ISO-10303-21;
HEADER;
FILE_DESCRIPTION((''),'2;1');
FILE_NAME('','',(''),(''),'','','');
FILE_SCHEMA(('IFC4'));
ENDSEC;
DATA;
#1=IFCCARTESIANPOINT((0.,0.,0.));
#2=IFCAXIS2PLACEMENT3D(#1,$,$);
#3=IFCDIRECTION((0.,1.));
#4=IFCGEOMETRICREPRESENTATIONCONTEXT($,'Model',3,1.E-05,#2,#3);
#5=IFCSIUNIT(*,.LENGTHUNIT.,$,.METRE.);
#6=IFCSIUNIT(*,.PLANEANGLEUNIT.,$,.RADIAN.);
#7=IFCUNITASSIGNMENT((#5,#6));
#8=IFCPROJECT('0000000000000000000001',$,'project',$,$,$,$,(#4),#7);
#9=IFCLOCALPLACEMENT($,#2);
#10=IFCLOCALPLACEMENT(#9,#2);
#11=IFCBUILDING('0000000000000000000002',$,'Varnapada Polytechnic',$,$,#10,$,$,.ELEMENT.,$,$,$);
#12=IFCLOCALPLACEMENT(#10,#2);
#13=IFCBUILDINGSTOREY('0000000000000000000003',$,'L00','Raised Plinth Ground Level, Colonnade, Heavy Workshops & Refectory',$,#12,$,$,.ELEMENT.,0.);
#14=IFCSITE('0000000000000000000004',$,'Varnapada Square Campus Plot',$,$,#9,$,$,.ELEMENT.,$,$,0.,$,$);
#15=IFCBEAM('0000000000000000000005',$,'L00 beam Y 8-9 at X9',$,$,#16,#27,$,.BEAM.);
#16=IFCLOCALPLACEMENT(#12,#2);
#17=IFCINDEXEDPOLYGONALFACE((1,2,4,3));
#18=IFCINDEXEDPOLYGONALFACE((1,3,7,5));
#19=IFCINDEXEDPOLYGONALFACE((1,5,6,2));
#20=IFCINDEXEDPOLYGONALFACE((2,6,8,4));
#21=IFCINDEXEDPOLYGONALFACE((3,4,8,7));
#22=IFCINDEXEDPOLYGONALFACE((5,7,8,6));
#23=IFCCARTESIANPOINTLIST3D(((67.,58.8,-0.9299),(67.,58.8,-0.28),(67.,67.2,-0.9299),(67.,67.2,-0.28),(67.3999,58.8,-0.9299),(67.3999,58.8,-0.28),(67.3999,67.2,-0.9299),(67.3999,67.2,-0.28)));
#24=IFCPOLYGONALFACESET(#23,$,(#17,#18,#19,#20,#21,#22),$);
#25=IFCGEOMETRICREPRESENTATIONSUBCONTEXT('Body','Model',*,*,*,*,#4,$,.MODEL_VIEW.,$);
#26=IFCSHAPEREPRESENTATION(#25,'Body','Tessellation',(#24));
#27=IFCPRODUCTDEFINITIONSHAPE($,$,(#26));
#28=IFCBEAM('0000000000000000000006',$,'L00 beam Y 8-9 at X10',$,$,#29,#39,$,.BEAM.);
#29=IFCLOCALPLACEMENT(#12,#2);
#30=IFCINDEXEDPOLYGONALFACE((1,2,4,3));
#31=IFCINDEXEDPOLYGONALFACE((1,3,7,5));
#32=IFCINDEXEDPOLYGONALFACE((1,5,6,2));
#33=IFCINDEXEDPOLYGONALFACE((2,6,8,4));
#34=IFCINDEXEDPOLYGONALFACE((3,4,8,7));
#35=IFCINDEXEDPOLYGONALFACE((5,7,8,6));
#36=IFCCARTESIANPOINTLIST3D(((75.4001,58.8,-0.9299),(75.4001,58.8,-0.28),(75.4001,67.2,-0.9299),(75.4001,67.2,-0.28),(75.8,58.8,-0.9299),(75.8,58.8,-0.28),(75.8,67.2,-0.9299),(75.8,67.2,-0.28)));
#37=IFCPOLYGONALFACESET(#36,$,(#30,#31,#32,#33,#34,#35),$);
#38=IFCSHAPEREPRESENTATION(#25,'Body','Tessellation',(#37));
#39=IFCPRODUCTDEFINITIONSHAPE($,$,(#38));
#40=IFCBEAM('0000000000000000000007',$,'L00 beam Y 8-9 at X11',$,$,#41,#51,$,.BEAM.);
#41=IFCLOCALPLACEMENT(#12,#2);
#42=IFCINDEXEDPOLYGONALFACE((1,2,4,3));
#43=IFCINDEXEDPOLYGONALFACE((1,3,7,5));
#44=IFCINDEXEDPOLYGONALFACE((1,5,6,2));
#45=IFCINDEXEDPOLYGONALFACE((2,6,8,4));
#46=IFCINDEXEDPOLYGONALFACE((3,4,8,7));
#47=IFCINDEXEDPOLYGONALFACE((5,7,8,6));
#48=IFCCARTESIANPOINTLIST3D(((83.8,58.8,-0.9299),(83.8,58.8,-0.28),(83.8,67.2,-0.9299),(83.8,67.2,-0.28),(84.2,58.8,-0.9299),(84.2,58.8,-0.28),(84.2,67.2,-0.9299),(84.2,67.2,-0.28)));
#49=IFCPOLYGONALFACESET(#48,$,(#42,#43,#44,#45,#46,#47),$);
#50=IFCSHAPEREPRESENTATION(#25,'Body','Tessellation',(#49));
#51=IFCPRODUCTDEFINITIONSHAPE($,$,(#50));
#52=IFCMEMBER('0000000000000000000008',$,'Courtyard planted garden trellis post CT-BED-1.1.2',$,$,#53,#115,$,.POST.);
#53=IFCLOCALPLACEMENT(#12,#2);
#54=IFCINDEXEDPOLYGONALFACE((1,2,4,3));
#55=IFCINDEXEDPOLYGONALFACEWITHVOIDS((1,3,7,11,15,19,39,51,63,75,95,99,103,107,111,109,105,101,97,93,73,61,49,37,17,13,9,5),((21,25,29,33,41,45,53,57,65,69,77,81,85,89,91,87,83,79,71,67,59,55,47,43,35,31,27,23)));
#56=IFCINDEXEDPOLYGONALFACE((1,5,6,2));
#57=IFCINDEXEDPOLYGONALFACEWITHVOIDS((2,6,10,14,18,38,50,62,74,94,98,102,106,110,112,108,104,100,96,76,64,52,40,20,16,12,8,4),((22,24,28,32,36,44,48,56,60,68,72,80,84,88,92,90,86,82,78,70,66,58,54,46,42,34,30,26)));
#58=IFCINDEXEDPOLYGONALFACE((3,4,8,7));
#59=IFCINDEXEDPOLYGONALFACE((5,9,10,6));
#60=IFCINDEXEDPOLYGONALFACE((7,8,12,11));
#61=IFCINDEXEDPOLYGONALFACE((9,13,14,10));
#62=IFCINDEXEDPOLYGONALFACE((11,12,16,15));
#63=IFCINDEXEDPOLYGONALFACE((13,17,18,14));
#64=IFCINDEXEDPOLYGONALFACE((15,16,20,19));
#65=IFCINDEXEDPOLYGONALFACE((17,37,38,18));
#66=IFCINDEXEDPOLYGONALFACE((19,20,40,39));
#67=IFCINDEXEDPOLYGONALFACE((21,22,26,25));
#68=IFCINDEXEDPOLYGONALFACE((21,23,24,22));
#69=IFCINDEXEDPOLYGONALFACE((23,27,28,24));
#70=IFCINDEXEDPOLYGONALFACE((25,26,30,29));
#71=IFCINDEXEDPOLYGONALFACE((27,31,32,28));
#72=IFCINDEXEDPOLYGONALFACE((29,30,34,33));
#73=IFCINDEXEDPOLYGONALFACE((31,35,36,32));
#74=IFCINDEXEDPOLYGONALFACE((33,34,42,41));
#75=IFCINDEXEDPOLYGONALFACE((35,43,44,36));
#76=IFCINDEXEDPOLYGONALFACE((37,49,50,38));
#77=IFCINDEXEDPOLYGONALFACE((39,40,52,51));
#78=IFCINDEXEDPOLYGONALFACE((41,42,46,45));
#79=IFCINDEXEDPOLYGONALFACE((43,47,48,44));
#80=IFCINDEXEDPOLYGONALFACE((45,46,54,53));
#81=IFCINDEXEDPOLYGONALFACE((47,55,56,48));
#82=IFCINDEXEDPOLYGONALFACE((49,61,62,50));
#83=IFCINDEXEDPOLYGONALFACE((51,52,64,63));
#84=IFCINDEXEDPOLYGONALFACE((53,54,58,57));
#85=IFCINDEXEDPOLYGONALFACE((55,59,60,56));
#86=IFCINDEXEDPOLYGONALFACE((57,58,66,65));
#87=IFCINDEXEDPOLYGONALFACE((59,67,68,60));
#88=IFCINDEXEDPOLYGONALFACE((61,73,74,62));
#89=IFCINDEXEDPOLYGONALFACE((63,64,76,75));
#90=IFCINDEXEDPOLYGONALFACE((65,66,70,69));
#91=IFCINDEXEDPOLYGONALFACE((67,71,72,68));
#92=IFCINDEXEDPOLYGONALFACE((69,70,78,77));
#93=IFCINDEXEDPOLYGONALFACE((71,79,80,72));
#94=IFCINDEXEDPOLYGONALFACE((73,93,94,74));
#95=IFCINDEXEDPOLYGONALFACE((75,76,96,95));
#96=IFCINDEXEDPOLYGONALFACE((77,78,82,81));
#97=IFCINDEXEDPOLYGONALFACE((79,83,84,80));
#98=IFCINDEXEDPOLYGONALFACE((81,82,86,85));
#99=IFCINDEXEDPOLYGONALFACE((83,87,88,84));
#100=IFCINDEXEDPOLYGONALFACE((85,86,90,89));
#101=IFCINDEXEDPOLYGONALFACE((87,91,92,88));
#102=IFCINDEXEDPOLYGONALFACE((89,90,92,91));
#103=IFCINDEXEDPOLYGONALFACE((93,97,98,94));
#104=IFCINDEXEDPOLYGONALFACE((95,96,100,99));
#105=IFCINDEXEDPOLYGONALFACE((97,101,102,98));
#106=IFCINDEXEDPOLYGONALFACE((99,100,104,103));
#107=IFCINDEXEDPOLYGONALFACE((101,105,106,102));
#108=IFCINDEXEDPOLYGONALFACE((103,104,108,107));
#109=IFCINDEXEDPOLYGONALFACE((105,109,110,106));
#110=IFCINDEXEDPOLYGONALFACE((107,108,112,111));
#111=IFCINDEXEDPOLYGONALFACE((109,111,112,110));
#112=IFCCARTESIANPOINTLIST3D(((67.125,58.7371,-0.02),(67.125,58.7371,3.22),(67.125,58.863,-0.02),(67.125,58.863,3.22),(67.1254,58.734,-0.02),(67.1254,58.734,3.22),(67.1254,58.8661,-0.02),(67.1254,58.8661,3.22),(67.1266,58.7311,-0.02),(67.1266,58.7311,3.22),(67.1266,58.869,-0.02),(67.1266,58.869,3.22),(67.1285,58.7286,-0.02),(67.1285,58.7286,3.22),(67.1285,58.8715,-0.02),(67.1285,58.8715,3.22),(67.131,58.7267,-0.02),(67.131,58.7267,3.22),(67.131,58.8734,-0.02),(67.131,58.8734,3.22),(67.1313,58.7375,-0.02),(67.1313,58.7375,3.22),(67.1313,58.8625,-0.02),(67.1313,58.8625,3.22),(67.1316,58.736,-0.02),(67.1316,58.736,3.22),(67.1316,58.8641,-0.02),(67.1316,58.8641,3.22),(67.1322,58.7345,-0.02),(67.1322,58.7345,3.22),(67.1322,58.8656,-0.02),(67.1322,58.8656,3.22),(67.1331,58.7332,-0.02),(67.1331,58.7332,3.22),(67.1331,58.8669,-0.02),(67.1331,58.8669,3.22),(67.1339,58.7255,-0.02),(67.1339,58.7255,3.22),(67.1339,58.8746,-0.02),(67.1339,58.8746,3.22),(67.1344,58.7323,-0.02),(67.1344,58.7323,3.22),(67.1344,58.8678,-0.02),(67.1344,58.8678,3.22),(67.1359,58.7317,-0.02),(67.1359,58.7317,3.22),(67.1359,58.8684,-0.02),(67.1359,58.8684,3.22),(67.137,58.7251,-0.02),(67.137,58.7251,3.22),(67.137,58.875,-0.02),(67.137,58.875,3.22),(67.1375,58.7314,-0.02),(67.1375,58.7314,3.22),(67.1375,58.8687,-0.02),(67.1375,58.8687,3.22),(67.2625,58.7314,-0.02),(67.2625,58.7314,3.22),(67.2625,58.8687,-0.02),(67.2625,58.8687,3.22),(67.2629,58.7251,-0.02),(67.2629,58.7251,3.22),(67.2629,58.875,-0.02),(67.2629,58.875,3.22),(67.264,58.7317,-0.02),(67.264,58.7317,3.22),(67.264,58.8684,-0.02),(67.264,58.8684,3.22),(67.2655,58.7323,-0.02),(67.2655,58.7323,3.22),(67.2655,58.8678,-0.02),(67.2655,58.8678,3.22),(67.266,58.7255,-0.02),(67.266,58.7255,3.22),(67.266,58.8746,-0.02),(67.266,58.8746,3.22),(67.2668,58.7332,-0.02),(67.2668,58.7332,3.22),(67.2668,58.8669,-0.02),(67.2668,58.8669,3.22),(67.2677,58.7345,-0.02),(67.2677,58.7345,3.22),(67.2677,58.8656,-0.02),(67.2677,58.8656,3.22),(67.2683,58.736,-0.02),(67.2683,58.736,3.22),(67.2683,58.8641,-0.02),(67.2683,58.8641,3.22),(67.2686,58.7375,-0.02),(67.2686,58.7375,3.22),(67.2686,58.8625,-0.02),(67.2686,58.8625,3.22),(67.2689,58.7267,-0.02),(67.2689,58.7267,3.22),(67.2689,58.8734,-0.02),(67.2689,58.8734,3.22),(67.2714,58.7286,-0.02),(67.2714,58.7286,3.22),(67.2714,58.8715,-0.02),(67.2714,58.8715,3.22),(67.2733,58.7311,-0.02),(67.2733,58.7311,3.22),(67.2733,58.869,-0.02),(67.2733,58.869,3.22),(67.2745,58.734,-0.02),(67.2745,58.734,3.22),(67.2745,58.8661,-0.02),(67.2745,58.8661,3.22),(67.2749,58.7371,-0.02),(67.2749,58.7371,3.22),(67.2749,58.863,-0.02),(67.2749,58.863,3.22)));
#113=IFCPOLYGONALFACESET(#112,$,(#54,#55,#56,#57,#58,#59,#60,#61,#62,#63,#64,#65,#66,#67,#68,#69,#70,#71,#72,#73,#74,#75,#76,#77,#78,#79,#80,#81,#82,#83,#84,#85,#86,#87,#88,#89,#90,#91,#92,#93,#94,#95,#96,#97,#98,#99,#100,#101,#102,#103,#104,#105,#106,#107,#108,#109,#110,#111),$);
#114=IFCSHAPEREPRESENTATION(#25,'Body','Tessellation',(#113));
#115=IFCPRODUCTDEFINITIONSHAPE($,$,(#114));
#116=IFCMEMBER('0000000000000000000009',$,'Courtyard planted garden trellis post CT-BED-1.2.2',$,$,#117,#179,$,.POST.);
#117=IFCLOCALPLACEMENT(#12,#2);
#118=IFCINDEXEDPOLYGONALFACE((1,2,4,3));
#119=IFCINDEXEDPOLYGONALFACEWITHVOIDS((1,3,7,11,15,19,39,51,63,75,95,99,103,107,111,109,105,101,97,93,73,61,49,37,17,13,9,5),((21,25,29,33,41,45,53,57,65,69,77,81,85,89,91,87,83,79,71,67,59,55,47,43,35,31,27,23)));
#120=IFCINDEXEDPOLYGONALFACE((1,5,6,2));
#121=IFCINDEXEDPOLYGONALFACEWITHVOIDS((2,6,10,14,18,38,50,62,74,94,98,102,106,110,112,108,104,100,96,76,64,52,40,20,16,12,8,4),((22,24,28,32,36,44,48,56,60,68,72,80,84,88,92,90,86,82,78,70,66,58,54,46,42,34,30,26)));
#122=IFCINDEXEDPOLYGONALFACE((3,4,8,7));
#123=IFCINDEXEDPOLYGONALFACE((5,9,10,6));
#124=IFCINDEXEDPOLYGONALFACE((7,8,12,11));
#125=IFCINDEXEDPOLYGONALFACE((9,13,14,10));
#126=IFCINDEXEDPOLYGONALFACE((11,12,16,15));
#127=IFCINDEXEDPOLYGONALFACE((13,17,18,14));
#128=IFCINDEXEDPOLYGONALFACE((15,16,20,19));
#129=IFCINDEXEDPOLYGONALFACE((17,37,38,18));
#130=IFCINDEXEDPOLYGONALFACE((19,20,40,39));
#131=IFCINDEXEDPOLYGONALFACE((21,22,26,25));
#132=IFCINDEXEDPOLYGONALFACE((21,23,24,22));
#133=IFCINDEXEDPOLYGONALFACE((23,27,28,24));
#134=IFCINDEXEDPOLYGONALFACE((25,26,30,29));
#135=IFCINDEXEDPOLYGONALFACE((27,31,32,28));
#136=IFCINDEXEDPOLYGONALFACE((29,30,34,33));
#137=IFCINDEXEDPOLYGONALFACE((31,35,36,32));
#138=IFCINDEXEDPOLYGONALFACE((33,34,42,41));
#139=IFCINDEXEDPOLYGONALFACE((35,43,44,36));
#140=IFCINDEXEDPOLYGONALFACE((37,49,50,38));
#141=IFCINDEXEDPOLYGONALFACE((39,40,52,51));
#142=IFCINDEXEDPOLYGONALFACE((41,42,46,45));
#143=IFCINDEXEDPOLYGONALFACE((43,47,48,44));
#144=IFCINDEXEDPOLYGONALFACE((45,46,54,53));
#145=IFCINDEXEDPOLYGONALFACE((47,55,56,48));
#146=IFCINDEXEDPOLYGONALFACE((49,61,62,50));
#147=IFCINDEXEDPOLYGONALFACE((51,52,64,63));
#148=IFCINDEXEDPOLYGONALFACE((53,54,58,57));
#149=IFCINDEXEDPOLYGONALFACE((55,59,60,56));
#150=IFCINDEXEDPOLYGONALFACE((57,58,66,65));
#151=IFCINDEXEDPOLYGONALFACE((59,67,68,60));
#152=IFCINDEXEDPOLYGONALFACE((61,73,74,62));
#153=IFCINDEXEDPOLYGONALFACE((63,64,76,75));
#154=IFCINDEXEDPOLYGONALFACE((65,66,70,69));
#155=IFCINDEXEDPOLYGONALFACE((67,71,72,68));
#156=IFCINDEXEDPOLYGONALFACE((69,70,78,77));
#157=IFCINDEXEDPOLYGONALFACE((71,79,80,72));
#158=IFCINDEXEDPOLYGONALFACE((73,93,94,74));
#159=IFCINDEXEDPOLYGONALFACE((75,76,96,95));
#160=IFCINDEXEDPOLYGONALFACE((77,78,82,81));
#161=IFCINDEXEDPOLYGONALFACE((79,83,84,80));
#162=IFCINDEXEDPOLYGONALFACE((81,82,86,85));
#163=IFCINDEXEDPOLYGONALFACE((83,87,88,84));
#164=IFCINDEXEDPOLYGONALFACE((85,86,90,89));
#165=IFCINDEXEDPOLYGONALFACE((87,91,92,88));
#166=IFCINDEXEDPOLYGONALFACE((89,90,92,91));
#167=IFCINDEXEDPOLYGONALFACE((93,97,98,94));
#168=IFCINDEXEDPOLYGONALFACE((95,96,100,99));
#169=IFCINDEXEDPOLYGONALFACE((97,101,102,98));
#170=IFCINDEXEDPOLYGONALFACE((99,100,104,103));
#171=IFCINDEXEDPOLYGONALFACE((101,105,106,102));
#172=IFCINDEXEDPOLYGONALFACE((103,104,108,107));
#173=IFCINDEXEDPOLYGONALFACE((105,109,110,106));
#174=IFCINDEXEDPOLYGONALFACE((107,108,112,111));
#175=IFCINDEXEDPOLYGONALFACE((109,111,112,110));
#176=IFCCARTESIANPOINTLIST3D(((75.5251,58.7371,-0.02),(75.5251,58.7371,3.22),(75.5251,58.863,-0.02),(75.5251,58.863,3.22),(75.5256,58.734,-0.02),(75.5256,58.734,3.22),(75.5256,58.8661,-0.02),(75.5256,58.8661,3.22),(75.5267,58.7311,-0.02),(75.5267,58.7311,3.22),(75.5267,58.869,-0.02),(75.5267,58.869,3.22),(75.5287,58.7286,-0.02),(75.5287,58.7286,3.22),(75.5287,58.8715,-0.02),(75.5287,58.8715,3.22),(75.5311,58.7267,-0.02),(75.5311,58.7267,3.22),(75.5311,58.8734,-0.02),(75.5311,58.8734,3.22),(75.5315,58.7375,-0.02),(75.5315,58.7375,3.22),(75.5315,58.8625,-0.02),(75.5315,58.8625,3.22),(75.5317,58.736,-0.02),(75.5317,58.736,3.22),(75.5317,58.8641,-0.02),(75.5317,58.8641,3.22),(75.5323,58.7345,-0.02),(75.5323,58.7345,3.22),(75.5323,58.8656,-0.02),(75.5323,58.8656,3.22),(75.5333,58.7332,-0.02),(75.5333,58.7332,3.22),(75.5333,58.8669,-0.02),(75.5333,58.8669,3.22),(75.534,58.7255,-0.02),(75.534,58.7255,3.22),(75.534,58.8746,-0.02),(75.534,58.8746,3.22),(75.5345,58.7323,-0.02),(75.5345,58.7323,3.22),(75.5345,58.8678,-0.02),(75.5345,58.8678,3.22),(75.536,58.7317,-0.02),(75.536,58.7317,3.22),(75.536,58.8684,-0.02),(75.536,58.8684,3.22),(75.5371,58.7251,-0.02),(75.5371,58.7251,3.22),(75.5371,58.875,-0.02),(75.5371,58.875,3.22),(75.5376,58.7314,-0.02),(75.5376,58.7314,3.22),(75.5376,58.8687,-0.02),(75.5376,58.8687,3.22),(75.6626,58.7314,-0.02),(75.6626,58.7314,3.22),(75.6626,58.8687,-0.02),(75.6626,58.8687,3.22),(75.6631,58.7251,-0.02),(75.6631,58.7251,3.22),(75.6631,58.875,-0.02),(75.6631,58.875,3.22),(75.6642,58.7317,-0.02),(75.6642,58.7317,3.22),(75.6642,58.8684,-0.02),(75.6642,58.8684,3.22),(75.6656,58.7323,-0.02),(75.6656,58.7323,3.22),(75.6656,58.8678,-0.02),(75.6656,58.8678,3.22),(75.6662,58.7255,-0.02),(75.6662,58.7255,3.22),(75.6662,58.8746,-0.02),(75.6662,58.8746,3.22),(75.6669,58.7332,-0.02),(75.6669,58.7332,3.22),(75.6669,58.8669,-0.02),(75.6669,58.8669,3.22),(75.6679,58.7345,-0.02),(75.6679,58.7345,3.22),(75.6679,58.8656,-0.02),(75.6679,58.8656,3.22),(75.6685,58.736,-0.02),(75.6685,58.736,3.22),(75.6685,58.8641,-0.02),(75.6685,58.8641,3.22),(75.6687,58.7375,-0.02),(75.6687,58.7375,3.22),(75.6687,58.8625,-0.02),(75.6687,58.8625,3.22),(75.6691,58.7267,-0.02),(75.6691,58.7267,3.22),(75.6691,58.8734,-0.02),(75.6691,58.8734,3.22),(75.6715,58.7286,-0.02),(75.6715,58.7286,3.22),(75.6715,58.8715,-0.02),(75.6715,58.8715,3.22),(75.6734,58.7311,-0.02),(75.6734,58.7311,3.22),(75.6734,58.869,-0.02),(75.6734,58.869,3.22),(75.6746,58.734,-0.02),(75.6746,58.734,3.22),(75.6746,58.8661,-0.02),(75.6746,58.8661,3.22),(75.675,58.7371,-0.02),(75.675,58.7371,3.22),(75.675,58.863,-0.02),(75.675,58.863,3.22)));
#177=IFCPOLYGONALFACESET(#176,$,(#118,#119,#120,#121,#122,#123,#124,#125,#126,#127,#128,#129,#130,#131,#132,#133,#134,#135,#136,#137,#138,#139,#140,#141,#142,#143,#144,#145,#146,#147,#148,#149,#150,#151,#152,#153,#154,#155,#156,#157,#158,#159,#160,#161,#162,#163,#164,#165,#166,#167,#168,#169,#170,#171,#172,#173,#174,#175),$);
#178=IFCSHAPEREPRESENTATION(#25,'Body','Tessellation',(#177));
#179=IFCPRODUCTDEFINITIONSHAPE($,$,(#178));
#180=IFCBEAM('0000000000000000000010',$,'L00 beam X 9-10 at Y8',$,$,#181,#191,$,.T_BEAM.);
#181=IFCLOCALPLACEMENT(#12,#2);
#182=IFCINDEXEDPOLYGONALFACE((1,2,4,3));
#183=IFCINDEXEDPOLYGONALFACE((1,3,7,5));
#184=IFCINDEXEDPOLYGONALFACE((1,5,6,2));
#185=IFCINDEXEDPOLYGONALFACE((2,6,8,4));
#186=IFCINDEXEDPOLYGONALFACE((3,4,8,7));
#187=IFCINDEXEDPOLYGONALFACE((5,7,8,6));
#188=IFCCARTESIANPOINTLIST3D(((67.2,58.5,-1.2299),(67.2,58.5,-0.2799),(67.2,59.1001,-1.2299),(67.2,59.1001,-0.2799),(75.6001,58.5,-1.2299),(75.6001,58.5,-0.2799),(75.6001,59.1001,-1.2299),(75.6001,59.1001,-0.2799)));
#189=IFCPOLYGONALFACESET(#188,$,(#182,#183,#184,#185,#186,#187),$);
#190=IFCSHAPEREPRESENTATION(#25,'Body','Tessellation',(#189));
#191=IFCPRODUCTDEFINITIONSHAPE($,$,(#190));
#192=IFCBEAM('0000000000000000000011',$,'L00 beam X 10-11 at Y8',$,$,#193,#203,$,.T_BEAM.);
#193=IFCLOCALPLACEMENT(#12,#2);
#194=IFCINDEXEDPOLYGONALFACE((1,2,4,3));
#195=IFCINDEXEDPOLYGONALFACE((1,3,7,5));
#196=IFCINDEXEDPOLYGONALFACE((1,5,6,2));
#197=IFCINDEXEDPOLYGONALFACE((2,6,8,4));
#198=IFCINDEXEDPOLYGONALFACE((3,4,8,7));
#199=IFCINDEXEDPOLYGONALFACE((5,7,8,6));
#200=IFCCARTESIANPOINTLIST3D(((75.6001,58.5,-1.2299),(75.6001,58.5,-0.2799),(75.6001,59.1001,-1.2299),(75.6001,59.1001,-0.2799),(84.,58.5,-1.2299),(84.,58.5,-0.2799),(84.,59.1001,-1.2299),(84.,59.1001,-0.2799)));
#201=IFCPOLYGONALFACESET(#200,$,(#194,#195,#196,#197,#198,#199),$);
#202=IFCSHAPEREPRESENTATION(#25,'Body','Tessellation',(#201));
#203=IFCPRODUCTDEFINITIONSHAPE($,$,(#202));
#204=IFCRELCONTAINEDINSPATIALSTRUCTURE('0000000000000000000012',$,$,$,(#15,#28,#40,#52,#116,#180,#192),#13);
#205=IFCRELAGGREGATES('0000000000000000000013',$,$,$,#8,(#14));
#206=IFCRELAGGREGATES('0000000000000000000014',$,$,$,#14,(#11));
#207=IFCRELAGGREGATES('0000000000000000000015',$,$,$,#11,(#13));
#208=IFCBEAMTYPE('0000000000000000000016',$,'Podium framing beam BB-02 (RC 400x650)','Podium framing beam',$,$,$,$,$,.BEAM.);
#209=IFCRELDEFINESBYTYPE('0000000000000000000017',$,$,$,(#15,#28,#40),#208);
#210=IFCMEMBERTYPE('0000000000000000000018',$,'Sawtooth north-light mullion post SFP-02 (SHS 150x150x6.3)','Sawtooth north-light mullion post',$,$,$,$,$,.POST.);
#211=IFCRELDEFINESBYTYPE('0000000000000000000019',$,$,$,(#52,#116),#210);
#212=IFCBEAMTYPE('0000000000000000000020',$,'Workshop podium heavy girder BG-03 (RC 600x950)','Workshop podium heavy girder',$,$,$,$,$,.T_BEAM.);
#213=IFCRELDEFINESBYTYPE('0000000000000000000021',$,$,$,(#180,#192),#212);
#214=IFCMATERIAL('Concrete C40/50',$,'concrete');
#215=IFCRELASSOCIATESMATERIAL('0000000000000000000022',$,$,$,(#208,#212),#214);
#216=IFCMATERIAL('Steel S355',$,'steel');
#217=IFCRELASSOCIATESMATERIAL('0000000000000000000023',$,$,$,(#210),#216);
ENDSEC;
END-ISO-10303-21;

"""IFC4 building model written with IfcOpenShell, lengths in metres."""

from ifc_helpers import new_model, si_unit, direction, frame, origin, origin_2d, place, context, subcontext, project, spatial, rectangle, hollow_rectangle, extrude, material, material_profile, profile_set, type_object, element, save


model = new_model("IFC4")

# Units and contexts
model_context = context("Model", 3, precision=1e-05, world=origin(), true_north=direction((0.0, 1.0)))
body_context = subcontext(model_context, "Body", "Model", "MODEL_VIEW")
ifc_project = project(units=[si_unit("LENGTHUNIT", "METRE"), si_unit("PLANEANGLEUNIT", "RADIAN")], contexts=[model_context])

# Site, building, storey
site_placement = place(None, origin())
site = spatial("IfcSite", under=ifc_project, at=site_placement, Name="Varnapada Square Campus Plot", CompositionType="ELEMENT", RefElevation=0.0)
building_placement = place(site_placement, origin())
building = spatial("IfcBuilding", under=site, at=building_placement, Name="Varnapada Polytechnic", CompositionType="ELEMENT")
storey_placement = place(building_placement, origin())
storey = spatial("IfcBuildingStorey", under=building, at=storey_placement, Name="L00", Description="Raised Plinth Ground Level, Colonnade, Heavy Workshops & Refectory", CompositionType="ELEMENT", Elevation=0.0)

# Shared definitions
ifc_material_1 = material(Name="Concrete C40/50", Category="concrete")

# Shared definitions
ifc_material_2 = material(Name="Steel S355", Category="steel")

# Beams
ifc_material_profile_1 = material_profile(ifc_material_1, rectangle(XDim=0.3999, YDim=0.6499, at=origin_2d()), Name="RC 400x650")
ifc_profile_set_1 = profile_set([ifc_material_profile_1], Name="Concrete C40/50")
beam_type_1 = type_object("IfcBeamType", Name="Podium framing beam BB-02 (RC 400x650)", Description="Podium framing beam", PredefinedType="BEAM", material=ifc_profile_set_1)
for number, where, z_axis, x_axis, name in (
    (1, (67.2, 58.8, -0.605), (0.0, 1.0, 0.0), (-1.0, 0.0, 0.0), "L00 beam Y 8-9 at X9"),
    (2, (75.6001, 58.8, -0.605), (0.0, 1.0, 0.0), (-1.0, 0.0, 0.0), "L00 beam Y 8-9 at X10"),
    (3, (84.0, 58.8, -0.605), (0.0, 1.0, 0.0), (-1.0, 0.0, 0.0), "L00 beam Y 8-9 at X11"),
):
    element("IfcBeam", number, at=place(storey_placement, frame(where, z_axis=z_axis, x_axis=x_axis)), inside=storey, type_object=beam_type_1, Name=name, PredefinedType="BEAM", context=body_context, shape_type="SweptSolid", body=[
        extrude(rectangle(XDim=0.3999, YDim=0.6499, at=origin_2d()), origin(), (0.0, 0.0, 1.0), 8.3999),
    ])

# Members
ifc_material_profile_2 = material_profile(ifc_material_2, hollow_rectangle(XDim=0.1499, YDim=0.1499, WallThickness=0.0063, InnerFilletRadius=0.0061, OuterFilletRadius=0.012, at=origin_2d()), Name="SHS 150x150x6.3")
ifc_profile_set_2 = profile_set([ifc_material_profile_2], Name="Steel S355")
member_type_1 = type_object("IfcMemberType", Name="Sawtooth north-light mullion post SFP-02 (SHS 150x150x6.3)", Description="Sawtooth north-light mullion post", PredefinedType="POST", material=ifc_profile_set_2)
for number, where, z_axis, x_axis, name in (
    (4, (67.2, 58.8, -0.02), (0.0, 0.0, 1.0), (1.0, 0.0, 0.0), "Courtyard planted garden trellis post CT-BED-1.1.2"),
    (5, (75.6001, 58.8, -0.02), (0.0, 0.0, 1.0), (1.0, 0.0, 0.0), "Courtyard planted garden trellis post CT-BED-1.2.2"),
):
    element("IfcMember", number, at=place(storey_placement, frame(where, z_axis=z_axis, x_axis=x_axis)), inside=storey, type_object=member_type_1, Name=name, PredefinedType="POST", context=body_context, shape_type="SweptSolid", body=[
        extrude(hollow_rectangle(XDim=0.1499, YDim=0.1499, WallThickness=0.0063, InnerFilletRadius=0.0061, OuterFilletRadius=0.012, at=origin_2d()), origin(), (0.0, 0.0, 1.0), 3.24),
    ])

# Beams
ifc_material_profile_3 = material_profile(ifc_material_1, rectangle(XDim=0.6001, YDim=0.95, at=origin_2d()), Name="RC 600x950")
ifc_profile_set_3 = profile_set([ifc_material_profile_3], Name="Concrete C40/50")
beam_type_2 = type_object("IfcBeamType", Name="Workshop podium heavy girder BG-03 (RC 600x950)", Description="Workshop podium heavy girder", PredefinedType="T_BEAM", material=ifc_profile_set_3)
beam_placement = place(storey_placement, frame((67.2, 58.8, -0.7549), z_axis=(1.0, 0.0, 0.0), x_axis=(0.0, 1.0, 0.0)))
element("IfcBeam", 6, at=beam_placement, inside=storey, type_object=beam_type_2, Name="L00 beam X 9-10 at Y8", PredefinedType="T_BEAM", context=body_context, shape_type="SweptSolid", body=[
    extrude(rectangle(XDim=0.6001, YDim=0.95, at=origin_2d()), origin(), (0.0, 0.0, 1.0), 8.4001),
])
for number, where, z_axis, x_axis, name in (
    (7, (75.6001, 58.8, -0.7549), (1.0, 0.0, 0.0), (0.0, 1.0, 0.0), "L00 beam X 10-11 at Y8"),
):
    element("IfcBeam", number, at=place(storey_placement, frame(where, z_axis=z_axis, x_axis=x_axis)), inside=storey, type_object=beam_type_2, Name=name, PredefinedType="T_BEAM", context=body_context, shape_type="SweptSolid", body=[
        extrude(rectangle(XDim=0.6001, YDim=0.95, at=origin_2d()), origin(), (0.0, 0.0, 1.0), 8.3999),
    ])

save(model, "model.ifc")
